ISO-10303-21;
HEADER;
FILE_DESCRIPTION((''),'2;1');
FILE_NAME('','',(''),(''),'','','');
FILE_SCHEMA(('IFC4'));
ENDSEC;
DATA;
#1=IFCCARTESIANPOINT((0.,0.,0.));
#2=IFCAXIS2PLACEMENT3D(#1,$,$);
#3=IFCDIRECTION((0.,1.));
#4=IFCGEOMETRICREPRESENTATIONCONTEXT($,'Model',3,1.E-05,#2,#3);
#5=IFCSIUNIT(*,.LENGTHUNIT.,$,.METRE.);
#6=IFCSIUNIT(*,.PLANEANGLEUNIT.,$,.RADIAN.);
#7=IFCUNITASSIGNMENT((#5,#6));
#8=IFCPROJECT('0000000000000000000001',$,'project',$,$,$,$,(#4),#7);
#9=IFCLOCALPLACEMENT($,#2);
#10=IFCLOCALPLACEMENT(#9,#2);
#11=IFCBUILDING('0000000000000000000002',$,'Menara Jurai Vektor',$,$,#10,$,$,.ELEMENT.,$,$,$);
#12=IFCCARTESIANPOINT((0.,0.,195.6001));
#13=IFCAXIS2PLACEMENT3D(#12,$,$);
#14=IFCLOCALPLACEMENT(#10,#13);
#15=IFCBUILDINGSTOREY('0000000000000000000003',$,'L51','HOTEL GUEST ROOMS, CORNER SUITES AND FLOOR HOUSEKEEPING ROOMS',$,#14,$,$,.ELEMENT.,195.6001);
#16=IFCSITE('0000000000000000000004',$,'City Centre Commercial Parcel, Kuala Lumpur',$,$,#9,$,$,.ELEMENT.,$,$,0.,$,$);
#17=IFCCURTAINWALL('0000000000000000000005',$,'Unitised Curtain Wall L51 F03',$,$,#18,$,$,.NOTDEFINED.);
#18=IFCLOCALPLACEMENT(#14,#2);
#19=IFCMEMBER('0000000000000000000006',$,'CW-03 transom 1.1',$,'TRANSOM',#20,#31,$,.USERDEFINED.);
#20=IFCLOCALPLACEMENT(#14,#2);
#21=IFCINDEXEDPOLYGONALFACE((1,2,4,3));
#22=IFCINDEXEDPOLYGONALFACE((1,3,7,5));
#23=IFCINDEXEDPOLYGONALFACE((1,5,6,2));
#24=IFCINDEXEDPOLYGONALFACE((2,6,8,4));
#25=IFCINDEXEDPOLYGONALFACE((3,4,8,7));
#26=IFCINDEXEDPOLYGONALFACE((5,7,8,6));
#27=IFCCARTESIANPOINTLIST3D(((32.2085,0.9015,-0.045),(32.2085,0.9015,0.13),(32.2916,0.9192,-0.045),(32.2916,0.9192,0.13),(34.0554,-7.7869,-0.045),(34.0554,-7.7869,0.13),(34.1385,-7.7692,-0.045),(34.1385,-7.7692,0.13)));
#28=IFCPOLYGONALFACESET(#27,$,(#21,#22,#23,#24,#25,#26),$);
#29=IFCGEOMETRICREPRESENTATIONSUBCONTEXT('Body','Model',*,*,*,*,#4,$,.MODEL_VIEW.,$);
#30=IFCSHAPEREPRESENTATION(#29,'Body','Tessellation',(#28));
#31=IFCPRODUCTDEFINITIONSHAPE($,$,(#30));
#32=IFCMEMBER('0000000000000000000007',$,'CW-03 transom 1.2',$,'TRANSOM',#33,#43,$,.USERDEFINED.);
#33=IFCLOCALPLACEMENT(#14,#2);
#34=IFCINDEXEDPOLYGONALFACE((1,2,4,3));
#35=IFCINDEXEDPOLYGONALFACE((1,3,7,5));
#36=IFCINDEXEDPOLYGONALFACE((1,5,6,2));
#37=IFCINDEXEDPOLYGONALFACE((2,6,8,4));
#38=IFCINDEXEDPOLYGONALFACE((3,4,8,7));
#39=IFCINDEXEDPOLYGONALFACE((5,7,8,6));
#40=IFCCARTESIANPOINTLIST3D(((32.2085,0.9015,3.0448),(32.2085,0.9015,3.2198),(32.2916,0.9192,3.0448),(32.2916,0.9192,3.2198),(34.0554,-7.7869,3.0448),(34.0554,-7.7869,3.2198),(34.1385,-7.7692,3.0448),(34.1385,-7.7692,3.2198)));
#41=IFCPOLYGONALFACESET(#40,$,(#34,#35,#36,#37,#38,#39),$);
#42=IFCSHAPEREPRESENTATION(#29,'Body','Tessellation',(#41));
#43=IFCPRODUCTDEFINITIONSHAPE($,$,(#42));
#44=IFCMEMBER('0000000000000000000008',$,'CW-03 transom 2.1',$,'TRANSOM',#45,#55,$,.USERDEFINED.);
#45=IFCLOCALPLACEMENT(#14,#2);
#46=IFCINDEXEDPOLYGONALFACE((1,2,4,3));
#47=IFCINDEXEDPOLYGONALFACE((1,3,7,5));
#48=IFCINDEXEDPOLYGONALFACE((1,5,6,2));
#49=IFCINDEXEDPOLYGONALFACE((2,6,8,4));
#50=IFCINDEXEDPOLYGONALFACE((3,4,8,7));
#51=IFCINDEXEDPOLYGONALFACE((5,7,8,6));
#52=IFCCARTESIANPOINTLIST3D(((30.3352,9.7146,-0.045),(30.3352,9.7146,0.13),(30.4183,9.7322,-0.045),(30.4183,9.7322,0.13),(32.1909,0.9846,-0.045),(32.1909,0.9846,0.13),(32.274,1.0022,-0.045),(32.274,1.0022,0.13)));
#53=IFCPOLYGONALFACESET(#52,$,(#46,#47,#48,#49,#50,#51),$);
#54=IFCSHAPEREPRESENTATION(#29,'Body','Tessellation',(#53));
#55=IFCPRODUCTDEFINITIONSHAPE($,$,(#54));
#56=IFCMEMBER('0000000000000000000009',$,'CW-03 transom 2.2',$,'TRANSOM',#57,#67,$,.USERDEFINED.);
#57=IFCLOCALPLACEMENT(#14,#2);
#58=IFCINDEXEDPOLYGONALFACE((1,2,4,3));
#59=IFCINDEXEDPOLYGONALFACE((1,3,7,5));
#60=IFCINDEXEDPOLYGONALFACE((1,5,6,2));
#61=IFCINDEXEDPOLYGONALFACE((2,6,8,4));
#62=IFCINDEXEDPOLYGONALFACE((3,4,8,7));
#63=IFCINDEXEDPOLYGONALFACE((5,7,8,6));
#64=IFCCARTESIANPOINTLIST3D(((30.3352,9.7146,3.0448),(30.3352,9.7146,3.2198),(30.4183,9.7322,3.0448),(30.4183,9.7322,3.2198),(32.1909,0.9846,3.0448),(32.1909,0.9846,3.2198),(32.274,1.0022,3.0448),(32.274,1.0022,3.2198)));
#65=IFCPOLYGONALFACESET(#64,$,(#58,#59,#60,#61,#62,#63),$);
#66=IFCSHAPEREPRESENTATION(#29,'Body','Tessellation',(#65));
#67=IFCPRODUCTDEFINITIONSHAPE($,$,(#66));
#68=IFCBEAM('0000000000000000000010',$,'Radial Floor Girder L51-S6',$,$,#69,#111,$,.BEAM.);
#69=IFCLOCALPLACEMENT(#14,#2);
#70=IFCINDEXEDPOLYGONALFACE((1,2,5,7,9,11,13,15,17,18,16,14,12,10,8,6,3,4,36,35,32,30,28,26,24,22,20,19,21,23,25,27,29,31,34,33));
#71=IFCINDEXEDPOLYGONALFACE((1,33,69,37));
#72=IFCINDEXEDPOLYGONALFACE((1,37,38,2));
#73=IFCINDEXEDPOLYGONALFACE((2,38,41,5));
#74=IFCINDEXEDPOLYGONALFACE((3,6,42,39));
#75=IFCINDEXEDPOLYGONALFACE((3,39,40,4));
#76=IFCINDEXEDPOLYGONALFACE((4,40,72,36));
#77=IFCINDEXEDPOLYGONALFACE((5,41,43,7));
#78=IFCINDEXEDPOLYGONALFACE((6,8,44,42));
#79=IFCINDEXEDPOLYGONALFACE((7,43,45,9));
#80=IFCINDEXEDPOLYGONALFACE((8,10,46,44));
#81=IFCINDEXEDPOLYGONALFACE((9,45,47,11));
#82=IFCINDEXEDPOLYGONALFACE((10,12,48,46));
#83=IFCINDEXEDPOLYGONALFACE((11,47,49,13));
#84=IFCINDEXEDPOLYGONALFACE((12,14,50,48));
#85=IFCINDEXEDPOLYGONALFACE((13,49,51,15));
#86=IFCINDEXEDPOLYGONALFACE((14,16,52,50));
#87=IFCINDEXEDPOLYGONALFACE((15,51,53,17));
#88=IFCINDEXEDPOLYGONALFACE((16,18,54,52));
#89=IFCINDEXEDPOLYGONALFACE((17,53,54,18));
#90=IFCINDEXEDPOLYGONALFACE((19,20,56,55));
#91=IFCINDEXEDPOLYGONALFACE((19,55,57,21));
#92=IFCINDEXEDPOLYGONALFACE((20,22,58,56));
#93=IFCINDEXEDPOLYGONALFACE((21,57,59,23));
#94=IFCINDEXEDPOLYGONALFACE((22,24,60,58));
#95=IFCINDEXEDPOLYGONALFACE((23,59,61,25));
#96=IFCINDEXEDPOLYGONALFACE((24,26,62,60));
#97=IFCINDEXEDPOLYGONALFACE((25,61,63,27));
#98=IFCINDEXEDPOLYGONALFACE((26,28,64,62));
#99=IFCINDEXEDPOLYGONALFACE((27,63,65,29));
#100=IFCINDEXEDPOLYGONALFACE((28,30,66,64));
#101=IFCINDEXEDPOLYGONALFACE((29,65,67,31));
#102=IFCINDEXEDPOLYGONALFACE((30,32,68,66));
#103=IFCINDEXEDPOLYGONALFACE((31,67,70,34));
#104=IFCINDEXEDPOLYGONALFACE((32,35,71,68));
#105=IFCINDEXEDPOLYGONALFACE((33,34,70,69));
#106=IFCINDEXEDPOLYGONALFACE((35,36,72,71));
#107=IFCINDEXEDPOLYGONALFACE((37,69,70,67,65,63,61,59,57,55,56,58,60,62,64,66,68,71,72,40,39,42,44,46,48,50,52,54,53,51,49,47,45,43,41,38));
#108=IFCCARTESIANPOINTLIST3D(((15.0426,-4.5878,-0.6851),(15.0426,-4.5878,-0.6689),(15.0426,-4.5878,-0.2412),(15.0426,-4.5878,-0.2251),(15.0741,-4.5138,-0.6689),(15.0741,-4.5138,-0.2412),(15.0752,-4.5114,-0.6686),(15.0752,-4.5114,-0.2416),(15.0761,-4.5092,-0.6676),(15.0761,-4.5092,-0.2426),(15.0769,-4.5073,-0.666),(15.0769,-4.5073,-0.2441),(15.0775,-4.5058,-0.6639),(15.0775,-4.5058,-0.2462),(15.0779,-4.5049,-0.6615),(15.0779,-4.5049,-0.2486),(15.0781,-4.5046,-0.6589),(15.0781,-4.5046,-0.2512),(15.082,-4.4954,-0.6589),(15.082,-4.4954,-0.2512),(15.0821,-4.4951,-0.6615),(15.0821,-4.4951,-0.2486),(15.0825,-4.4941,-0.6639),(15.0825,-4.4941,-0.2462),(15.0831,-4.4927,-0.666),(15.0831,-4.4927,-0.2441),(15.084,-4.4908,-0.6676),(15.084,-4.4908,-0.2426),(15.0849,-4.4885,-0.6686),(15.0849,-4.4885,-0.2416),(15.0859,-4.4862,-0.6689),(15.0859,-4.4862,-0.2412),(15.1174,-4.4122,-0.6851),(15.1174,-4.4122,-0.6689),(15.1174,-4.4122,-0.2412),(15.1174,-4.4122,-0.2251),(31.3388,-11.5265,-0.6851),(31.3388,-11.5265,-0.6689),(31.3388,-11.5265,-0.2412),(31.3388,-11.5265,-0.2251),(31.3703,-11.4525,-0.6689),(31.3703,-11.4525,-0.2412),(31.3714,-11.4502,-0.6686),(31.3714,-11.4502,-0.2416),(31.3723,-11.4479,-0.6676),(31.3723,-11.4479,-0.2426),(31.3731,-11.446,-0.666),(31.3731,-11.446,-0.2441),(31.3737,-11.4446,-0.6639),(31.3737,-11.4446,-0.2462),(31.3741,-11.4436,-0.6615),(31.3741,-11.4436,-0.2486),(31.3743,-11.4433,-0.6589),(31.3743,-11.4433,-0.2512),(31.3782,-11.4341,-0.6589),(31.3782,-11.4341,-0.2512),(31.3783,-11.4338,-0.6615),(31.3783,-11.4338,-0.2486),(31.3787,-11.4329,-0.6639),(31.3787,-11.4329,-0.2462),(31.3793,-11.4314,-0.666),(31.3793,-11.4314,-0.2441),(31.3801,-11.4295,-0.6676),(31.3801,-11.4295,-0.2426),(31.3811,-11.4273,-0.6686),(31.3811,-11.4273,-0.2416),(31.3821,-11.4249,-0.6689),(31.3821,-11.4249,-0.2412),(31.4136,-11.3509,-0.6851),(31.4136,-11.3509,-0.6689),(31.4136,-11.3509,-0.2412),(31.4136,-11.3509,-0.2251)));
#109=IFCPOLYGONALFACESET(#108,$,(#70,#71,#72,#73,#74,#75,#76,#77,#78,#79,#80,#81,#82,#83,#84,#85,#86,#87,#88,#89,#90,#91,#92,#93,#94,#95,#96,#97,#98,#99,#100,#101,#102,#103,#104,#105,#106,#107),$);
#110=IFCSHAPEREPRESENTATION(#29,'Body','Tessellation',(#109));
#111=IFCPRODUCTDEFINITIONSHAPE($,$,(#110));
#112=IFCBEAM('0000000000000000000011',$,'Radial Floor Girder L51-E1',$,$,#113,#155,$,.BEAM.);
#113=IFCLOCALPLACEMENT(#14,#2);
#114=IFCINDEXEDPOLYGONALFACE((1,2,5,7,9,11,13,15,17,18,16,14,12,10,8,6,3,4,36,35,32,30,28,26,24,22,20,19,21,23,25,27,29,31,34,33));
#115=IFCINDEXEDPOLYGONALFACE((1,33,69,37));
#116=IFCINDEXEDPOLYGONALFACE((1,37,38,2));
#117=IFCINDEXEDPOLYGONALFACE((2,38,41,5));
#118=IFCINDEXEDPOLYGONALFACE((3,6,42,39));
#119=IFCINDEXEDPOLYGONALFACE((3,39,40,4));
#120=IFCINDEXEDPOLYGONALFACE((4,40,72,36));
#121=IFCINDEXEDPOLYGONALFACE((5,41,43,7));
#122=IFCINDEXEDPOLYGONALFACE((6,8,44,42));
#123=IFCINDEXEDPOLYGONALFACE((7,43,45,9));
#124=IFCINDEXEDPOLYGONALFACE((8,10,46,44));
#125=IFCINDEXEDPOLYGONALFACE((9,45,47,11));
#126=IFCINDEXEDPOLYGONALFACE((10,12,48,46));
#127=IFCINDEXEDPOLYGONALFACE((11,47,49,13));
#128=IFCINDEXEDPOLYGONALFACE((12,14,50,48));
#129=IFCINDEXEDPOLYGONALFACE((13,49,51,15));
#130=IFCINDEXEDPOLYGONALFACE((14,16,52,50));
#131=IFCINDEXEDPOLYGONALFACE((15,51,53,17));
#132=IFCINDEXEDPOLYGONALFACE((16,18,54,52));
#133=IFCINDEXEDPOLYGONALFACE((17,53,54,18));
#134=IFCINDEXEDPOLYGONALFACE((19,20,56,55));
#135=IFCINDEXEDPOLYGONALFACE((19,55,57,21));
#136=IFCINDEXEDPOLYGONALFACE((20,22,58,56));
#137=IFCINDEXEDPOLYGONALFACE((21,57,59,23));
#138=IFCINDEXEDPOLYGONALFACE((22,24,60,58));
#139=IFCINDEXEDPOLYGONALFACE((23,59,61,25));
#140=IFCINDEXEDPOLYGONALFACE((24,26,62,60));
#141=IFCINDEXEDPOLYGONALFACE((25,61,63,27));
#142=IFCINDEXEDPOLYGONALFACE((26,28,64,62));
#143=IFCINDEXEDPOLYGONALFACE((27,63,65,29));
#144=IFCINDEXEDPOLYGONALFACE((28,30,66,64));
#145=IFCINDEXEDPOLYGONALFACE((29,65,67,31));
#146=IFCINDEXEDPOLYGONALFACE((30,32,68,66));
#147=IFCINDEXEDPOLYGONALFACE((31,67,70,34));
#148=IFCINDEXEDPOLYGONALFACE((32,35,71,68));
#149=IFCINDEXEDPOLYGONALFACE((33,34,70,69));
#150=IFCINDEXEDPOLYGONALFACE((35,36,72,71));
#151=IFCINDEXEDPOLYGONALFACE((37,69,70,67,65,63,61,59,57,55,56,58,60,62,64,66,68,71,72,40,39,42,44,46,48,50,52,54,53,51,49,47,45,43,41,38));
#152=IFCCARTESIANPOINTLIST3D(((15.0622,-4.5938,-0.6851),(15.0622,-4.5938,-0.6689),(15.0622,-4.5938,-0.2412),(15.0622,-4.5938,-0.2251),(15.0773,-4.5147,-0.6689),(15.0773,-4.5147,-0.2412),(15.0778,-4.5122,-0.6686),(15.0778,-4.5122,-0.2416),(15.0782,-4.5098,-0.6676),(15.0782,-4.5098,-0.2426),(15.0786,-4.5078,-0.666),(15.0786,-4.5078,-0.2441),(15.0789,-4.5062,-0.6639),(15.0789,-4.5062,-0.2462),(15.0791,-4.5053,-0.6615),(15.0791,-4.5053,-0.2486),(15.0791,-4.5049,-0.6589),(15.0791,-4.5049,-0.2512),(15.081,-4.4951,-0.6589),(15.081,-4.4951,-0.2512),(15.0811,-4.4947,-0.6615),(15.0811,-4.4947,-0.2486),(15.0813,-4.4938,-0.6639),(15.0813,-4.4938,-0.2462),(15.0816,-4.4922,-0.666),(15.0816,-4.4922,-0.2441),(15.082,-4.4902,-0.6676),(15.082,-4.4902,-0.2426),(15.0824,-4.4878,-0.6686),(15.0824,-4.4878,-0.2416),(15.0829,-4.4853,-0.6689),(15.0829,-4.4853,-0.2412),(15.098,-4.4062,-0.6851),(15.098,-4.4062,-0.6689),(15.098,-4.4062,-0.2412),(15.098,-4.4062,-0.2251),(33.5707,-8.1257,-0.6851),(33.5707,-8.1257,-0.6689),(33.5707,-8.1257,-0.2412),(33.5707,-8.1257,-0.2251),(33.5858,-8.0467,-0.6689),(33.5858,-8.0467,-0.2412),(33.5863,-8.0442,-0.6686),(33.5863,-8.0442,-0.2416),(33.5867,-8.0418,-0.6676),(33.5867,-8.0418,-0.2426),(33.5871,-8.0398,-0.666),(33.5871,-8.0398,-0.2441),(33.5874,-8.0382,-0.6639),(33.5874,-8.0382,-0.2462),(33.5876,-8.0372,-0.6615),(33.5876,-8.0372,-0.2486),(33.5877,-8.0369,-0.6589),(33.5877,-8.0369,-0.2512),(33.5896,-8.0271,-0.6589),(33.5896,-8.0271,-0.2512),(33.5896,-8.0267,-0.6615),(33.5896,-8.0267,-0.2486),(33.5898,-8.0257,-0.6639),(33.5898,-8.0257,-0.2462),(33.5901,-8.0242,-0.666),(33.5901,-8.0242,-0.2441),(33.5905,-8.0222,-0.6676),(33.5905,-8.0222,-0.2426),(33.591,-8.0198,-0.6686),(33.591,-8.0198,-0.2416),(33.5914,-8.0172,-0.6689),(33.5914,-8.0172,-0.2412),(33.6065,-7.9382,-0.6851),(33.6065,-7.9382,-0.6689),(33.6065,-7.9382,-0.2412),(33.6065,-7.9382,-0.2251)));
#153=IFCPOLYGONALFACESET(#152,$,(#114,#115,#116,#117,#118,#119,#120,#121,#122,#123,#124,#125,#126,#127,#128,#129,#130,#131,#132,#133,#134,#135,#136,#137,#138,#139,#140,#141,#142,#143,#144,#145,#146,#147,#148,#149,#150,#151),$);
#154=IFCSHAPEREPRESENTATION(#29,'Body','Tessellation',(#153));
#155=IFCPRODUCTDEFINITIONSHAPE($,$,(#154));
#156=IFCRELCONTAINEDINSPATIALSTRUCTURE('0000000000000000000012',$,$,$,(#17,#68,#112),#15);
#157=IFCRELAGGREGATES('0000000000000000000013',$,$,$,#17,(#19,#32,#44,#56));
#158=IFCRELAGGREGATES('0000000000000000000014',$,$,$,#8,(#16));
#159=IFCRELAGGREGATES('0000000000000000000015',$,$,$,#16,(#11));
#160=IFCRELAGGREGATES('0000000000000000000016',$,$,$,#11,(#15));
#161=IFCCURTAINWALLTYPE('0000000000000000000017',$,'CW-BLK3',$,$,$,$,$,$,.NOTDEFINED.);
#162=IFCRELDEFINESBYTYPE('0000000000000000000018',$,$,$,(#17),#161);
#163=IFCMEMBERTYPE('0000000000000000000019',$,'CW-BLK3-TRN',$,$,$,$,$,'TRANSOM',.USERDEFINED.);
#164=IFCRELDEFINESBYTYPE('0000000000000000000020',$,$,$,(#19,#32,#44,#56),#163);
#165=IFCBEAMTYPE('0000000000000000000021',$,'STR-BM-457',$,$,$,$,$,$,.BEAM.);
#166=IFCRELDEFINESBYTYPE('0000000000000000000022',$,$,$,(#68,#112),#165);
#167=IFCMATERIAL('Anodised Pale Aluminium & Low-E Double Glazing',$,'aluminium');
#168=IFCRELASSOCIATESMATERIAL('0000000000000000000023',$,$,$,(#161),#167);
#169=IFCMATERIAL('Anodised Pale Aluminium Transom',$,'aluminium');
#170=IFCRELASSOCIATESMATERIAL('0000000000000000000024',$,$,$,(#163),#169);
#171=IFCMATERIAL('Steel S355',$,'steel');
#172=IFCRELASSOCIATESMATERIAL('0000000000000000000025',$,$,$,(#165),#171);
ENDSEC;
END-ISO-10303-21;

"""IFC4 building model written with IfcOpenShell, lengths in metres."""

from ifc_helpers import new_model, si_unit, direction, frame, origin, origin_2d, place, context, subcontext, project, spatial, rectangle, i_section, extrude, material, material_profile, profile_set, type_object, element, aggregate, save


model = new_model("IFC4")

# Units and contexts
model_context = context("Model", 3, precision=1e-05, world=origin(), true_north=direction((0.0, 1.0)))
body_context = subcontext(model_context, "Body", "Model", "MODEL_VIEW")
ifc_project = project(units=[si_unit("LENGTHUNIT", "METRE"), si_unit("PLANEANGLEUNIT", "RADIAN")], contexts=[model_context])

# Site, building, storey
site_placement = place(None, origin())
site = spatial("IfcSite", under=ifc_project, at=site_placement, Name="City Centre Commercial Parcel, Kuala Lumpur", CompositionType="ELEMENT", RefElevation=0.0)
building_placement = place(site_placement, origin())
building = spatial("IfcBuilding", under=site, at=building_placement, Name="Menara Jurai Vektor", CompositionType="ELEMENT")
storey_placement = place(building_placement, frame((0.0, 0.0, 195.6001)))
storey = spatial("IfcBuildingStorey", under=building, at=storey_placement, Name="L51", Description="HOTEL GUEST ROOMS, CORNER SUITES AND FLOOR HOUSEKEEPING ROOMS", CompositionType="ELEMENT", Elevation=195.6001)

# Shared definitions
ifc_material_1 = material(Name="Anodised Pale Aluminium & Low-E Double Glazing", Category="aluminium")
curtain_wall_type = type_object("IfcCurtainWallType", Name="CW-BLK3", PredefinedType="NOTDEFINED", material=ifc_material_1)

# Curtain wall
curtain_wall_1_placement = place(storey_placement, origin())
curtain_wall_1 = element("IfcCurtainWall", 1, at=curtain_wall_1_placement, inside=storey, type_object=curtain_wall_type, Name="Unitised Curtain Wall L51 F03", PredefinedType="NOTDEFINED")

# Members
ifc_material_2 = material(Name="Anodised Pale Aluminium Transom", Category="aluminium")
ifc_material_profile_1 = material_profile(ifc_material_2, rectangle(XDim=0.085, YDim=0.175, at=origin_2d()), Name="ALU TRN 85x175")
ifc_profile_set_1 = profile_set([ifc_material_profile_1], Name="Anodised Pale Aluminium Transom")
member_type_1 = type_object("IfcMemberType", Name="CW-BLK3-TRN", ElementType="TRANSOM", PredefinedType="USERDEFINED", material=ifc_profile_set_1)
member_1_placement = place(storey_placement, frame((34.0969, -7.7781, 0.0425), z_axis=(-0.207926, 0.978145, 0.0), x_axis=(-0.978145, -0.207926, 0.0)))
member_1 = element("IfcMember", 2, at=member_1_placement, type_object=member_type_1, Name="CW-03 transom 1.1", ObjectType="TRANSOM", PredefinedType="USERDEFINED", context=body_context, shape_type="SweptSolid", body=[
    extrude(rectangle(XDim=0.085, YDim=0.175, at=origin_2d()), origin(), (0.0, 0.0, 1.0), 8.8826),
])
member_2_placement = place(storey_placement, frame((34.0969, -7.7781, 3.1323), z_axis=(-0.207926, 0.978145, 0.0), x_axis=(-0.978145, -0.207926, 0.0)))
member_2 = element("IfcMember", 3, at=member_2_placement, type_object=member_type_1, Name="CW-03 transom 1.2", ObjectType="TRANSOM", PredefinedType="USERDEFINED", context=body_context, shape_type="SweptSolid", body=[
    extrude(rectangle(XDim=0.085, YDim=0.175, at=origin_2d()), origin(), (0.0, 0.0, 1.0), 8.8826),
])
member_3_placement = place(storey_placement, frame((32.2324, 0.9934, 0.0425), z_axis=(-0.207922, 0.978145, 0.0), x_axis=(-0.978145, -0.207922, 0.0)))
member_3 = element("IfcMember", 4, at=member_3_placement, type_object=member_type_1, Name="CW-03 transom 2.1", ObjectType="TRANSOM", PredefinedType="USERDEFINED", context=body_context, shape_type="SweptSolid", body=[
    extrude(rectangle(XDim=0.085, YDim=0.175, at=origin_2d()), origin(), (0.0, 0.0, 1.0), 8.925),
])
member_4_placement = place(storey_placement, frame((32.2324, 0.9934, 3.1323), z_axis=(-0.207922, 0.978145, 0.0), x_axis=(-0.978145, -0.207922, 0.0)))
member_4 = element("IfcMember", 5, at=member_4_placement, type_object=member_type_1, Name="CW-03 transom 2.2", ObjectType="TRANSOM", PredefinedType="USERDEFINED", context=body_context, shape_type="SweptSolid", body=[
    extrude(rectangle(XDim=0.085, YDim=0.175, at=origin_2d()), origin(), (0.0, 0.0, 1.0), 8.925),
])

# Beams
ifc_material_3 = material(Name="Steel S355", Category="steel")
ifc_material_profile_2 = material_profile(ifc_material_3, i_section(OverallWidth=0.1909, OverallDepth=0.46, WebThickness=0.01, FlangeThickness=0.0161, FilletRadius=0.01, at=origin_2d()), Name="UKB 457x191x82")
ifc_profile_set_2 = profile_set([ifc_material_profile_2], Name="Steel S355")
beam_type_1 = type_object("IfcBeamType", Name="STR-BM-457", PredefinedType="BEAM", material=ifc_profile_set_2)
beam_1_placement = place(storey_placement, frame((31.3762, -11.4387, -0.4551), z_axis=(-0.920069, 0.391756, 0.0), x_axis=(-0.391756, -0.920069, 0.0)))
element("IfcBeam", 6, at=beam_1_placement, inside=storey, type_object=beam_type_1, Name="Radial Floor Girder L51-S6", PredefinedType="BEAM", context=body_context, shape_type="SweptSolid", body=[
    extrude(i_section(OverallWidth=0.1909, OverallDepth=0.46, WebThickness=0.01, FlangeThickness=0.0161, FilletRadius=0.01, at=origin_2d()), origin(), (0.0, 0.0, 1.0), 17.7119),
])
beam_2_placement = place(storey_placement, frame((33.5886, -8.032, -0.4551), z_axis=(-0.982275, 0.187447, 0.0), x_axis=(-0.187447, -0.982275, 0.0)))
element("IfcBeam", 7, at=beam_2_placement, inside=storey, type_object=beam_type_1, Name="Radial Floor Girder L51-E1", PredefinedType="BEAM", context=body_context, shape_type="SweptSolid", body=[
    extrude(i_section(OverallWidth=0.1909, OverallDepth=0.46, WebThickness=0.01, FlangeThickness=0.0161, FilletRadius=0.01, at=origin_2d()), origin(), (0.0, 0.0, 1.0), 18.8425),
])

aggregate(curtain_wall_1, [member_1, member_2, member_3, member_4])

save(model, "model.ifc")
